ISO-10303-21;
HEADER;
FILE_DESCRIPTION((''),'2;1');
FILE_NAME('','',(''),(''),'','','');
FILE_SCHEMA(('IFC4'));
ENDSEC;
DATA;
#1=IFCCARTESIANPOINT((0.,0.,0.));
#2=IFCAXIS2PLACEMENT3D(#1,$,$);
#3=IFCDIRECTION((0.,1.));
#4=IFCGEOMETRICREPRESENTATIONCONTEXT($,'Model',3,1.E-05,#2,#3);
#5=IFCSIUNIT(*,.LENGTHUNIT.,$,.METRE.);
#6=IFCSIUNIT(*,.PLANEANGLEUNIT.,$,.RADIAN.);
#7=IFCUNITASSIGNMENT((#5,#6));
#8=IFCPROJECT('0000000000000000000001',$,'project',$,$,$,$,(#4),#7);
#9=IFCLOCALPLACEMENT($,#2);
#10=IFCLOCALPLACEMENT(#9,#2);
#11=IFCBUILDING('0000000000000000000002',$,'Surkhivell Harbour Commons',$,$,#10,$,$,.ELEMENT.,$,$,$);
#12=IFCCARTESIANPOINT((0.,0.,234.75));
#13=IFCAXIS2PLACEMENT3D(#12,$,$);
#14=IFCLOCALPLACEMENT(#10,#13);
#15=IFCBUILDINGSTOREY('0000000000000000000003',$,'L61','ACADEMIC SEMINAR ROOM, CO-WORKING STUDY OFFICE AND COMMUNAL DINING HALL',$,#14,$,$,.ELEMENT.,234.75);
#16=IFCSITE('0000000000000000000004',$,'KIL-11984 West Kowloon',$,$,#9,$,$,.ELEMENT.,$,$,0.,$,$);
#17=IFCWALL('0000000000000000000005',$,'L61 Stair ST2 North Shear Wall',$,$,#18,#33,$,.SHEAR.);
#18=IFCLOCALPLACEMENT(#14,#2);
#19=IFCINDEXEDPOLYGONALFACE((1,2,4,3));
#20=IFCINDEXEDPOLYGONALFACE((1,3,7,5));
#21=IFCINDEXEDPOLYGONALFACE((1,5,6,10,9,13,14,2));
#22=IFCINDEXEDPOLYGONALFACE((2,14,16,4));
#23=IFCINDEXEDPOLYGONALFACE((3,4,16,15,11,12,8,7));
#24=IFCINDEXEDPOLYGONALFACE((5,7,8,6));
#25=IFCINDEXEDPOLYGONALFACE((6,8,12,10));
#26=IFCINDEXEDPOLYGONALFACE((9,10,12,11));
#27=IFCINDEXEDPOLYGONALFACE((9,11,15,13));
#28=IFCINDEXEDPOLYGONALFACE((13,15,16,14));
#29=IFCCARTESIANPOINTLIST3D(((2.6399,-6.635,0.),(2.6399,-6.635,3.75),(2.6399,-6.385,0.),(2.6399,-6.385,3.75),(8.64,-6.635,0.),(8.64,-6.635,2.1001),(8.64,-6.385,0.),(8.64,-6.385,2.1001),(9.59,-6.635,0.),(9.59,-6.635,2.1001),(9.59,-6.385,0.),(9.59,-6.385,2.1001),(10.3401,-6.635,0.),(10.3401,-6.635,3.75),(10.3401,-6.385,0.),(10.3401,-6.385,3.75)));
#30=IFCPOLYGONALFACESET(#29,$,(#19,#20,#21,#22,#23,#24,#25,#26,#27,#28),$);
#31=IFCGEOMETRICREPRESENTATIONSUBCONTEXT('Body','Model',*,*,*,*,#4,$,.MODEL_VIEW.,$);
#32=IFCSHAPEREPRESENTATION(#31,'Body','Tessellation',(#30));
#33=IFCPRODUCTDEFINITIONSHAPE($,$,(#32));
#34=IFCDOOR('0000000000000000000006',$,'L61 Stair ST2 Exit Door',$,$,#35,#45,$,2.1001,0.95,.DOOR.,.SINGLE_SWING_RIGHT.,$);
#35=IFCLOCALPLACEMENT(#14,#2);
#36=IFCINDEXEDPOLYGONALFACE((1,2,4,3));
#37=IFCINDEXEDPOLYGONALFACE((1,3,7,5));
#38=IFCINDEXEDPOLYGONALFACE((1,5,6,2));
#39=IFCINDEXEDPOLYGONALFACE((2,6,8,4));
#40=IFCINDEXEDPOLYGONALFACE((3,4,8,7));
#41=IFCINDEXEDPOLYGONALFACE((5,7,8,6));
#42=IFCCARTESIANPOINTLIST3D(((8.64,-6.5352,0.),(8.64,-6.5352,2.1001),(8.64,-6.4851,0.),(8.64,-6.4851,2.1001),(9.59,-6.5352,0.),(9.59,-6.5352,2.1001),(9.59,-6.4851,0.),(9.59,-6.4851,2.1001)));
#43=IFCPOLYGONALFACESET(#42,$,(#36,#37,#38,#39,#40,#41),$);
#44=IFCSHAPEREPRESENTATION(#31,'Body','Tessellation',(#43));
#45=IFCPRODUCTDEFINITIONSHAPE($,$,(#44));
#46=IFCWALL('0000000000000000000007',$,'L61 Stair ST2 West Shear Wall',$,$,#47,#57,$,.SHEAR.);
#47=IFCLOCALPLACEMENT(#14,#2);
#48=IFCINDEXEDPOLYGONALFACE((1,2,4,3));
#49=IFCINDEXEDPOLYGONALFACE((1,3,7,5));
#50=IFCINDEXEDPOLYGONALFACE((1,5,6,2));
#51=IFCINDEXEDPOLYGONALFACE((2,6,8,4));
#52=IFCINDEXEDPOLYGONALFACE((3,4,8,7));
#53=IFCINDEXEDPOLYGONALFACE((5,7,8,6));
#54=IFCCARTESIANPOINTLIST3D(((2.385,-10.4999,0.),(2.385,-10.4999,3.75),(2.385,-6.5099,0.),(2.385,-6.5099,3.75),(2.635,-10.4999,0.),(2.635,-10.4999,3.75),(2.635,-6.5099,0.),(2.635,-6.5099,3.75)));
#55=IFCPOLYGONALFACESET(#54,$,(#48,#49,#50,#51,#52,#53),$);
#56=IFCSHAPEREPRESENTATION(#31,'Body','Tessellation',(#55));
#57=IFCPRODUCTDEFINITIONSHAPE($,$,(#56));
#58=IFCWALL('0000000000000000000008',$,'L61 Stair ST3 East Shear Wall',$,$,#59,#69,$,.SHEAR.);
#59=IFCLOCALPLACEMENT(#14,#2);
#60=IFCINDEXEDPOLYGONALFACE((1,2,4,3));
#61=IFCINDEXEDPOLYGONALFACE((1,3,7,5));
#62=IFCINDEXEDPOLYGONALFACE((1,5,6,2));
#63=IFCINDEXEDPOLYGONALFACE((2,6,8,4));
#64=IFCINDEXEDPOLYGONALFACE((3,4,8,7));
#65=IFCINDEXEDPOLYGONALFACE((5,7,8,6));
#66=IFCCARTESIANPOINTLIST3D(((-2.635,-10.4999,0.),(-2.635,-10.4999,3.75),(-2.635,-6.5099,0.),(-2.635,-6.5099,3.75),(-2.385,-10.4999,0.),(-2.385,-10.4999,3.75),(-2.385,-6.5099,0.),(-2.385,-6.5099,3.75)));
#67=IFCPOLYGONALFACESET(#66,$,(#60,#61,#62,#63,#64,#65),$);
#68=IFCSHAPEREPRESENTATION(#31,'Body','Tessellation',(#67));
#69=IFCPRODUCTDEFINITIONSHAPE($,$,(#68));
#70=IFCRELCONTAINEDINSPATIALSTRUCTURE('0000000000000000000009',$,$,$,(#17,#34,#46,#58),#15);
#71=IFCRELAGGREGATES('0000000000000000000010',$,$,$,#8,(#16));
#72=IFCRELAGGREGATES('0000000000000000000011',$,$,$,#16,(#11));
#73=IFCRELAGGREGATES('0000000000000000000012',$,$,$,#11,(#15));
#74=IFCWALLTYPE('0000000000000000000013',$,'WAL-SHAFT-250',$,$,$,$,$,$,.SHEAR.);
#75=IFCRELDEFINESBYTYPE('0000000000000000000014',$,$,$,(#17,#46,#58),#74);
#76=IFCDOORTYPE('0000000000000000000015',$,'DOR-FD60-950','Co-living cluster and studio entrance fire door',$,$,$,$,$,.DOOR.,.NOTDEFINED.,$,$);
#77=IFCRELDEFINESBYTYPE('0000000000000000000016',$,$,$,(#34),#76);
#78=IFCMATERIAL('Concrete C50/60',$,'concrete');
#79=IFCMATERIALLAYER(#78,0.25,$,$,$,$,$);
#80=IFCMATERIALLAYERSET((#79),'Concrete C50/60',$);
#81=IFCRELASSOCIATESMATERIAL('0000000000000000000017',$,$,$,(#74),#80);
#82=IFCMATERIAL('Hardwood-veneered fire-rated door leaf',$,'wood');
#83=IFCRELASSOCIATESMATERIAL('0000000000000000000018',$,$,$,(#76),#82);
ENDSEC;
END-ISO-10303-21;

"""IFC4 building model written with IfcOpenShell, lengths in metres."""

from ifc_helpers import new_model, si_unit, direction, frame, frame_2d, origin, place, context, subcontext, project, spatial, rectangle, extrude, material, layer, layer_set, type_object, element, fill, save


model = new_model("IFC4")

# Units and contexts
model_context = context("Model", 3, precision=1e-05, world=origin(), true_north=direction((0.0, 1.0)))
body_context = subcontext(model_context, "Body", "Model", "MODEL_VIEW")
ifc_project = project(units=[si_unit("LENGTHUNIT", "METRE"), si_unit("PLANEANGLEUNIT", "RADIAN")], contexts=[model_context])

# Site, building, storey
site_placement = place(None, origin())
site = spatial("IfcSite", under=ifc_project, at=site_placement, Name="KIL-11984 West Kowloon", CompositionType="ELEMENT", RefElevation=0.0)
building_placement = place(site_placement, origin())
building = spatial("IfcBuilding", under=site, at=building_placement, Name="Surkhivell Harbour Commons", CompositionType="ELEMENT")
storey_placement = place(building_placement, frame((0.0, 0.0, 234.75)))
storey = spatial("IfcBuildingStorey", under=building, at=storey_placement, Name="L61", Description="ACADEMIC SEMINAR ROOM, CO-WORKING STUDY OFFICE AND COMMUNAL DINING HALL", CompositionType="ELEMENT", Elevation=234.75)

# Shared definitions
ifc_material_1 = material(Name="Concrete C50/60", Category="concrete")

# Shared definitions
ifc_layer_1 = layer(ifc_material_1, 0.25)
ifc_layer_set_1 = layer_set([ifc_layer_1], Name="Concrete C50/60")
wall_type_1 = type_object("IfcWallType", Name="WAL-SHAFT-250", PredefinedType="SHEAR", material=ifc_layer_set_1)

# Wall, opening, door
wall_1_placement = place(storey_placement, frame((2.6399, -6.51, 0.0), z_axis=(0.0, 0.0, 1.0), x_axis=(1.0, 0.0, 0.0)))
wall_1 = element("IfcWall", 1, at=wall_1_placement, inside=storey, type_object=wall_type_1, Name="L61 Stair ST2 North Shear Wall", PredefinedType="SHEAR", context=body_context, shape_type="SweptSolid", body=[
    extrude(rectangle(XDim=7.7002, YDim=0.25, at=frame_2d((3.8501, 0.0))), origin(), (0.0, 0.0, 1.0), 3.75),
])
opening_1_placement = place(wall_1_placement, frame((6.0, 0.0, 0.0)))
opening_1 = element("IfcOpeningElement", 2, at=opening_1_placement, cuts=wall_1, PredefinedType="OPENING", context=body_context, shape_type="SweptSolid", body=[
    extrude(rectangle(XDim=0.95, YDim=2.1001, at=frame_2d((0.4751, 1.05))), frame((0.0, 0.135, 0.0), z_axis=(0.0, -1.0, 0.0), x_axis=(1.0, 0.0, 0.0)), (0.0, 0.0, 1.0), 0.27),
])
ifc_material_2 = material(Name="Hardwood-veneered fire-rated door leaf", Category="wood")
door_type_1 = type_object("IfcDoorType", Name="DOR-FD60-950", Description="Co-living cluster and studio entrance fire door", OperationType="NOTDEFINED", PredefinedType="DOOR", material=ifc_material_2)
door_1_placement = place(opening_1_placement, origin())
door_1 = element("IfcDoor", 3, at=door_1_placement, inside=storey, type_object=door_type_1, Name="L61 Stair ST2 Exit Door", OperationType="SINGLE_SWING_RIGHT", OverallHeight=2.1001, OverallWidth=0.95, PredefinedType="DOOR", context=body_context, shape_type="SweptSolid", body=[
    extrude(rectangle(XDim=0.95, YDim=2.1001, at=frame_2d((0.4751, 1.05))), frame((0.0, 0.0249, 0.0), z_axis=(0.0, -1.0, 0.0), x_axis=(1.0, 0.0, 0.0)), (0.0, 0.0, 1.0), 0.05),
])
fill(opening_1, door_1)

# Walls
for number, where, z_axis, x_axis, name in (
    (4, (2.51, -10.5, 0.0), (0.0, 0.0, 1.0), (0.0, 1.0, 0.0), "L61 Stair ST2 West Shear Wall"),
    (5, (-2.51, -10.5, 0.0), (0.0, 0.0, 1.0), (0.0, 1.0, 0.0), "L61 Stair ST3 East Shear Wall"),
):
    element("IfcWall", number, at=place(storey_placement, frame(where, z_axis=z_axis, x_axis=x_axis)), inside=storey, type_object=wall_type_1, Name=name, PredefinedType="SHEAR", context=body_context, shape_type="SweptSolid", body=[
        extrude(rectangle(XDim=3.99, YDim=0.25, at=frame_2d((1.9951, 0.0))), origin(), (0.0, 0.0, 1.0), 3.75),
    ])

save(model, "model.ifc")
